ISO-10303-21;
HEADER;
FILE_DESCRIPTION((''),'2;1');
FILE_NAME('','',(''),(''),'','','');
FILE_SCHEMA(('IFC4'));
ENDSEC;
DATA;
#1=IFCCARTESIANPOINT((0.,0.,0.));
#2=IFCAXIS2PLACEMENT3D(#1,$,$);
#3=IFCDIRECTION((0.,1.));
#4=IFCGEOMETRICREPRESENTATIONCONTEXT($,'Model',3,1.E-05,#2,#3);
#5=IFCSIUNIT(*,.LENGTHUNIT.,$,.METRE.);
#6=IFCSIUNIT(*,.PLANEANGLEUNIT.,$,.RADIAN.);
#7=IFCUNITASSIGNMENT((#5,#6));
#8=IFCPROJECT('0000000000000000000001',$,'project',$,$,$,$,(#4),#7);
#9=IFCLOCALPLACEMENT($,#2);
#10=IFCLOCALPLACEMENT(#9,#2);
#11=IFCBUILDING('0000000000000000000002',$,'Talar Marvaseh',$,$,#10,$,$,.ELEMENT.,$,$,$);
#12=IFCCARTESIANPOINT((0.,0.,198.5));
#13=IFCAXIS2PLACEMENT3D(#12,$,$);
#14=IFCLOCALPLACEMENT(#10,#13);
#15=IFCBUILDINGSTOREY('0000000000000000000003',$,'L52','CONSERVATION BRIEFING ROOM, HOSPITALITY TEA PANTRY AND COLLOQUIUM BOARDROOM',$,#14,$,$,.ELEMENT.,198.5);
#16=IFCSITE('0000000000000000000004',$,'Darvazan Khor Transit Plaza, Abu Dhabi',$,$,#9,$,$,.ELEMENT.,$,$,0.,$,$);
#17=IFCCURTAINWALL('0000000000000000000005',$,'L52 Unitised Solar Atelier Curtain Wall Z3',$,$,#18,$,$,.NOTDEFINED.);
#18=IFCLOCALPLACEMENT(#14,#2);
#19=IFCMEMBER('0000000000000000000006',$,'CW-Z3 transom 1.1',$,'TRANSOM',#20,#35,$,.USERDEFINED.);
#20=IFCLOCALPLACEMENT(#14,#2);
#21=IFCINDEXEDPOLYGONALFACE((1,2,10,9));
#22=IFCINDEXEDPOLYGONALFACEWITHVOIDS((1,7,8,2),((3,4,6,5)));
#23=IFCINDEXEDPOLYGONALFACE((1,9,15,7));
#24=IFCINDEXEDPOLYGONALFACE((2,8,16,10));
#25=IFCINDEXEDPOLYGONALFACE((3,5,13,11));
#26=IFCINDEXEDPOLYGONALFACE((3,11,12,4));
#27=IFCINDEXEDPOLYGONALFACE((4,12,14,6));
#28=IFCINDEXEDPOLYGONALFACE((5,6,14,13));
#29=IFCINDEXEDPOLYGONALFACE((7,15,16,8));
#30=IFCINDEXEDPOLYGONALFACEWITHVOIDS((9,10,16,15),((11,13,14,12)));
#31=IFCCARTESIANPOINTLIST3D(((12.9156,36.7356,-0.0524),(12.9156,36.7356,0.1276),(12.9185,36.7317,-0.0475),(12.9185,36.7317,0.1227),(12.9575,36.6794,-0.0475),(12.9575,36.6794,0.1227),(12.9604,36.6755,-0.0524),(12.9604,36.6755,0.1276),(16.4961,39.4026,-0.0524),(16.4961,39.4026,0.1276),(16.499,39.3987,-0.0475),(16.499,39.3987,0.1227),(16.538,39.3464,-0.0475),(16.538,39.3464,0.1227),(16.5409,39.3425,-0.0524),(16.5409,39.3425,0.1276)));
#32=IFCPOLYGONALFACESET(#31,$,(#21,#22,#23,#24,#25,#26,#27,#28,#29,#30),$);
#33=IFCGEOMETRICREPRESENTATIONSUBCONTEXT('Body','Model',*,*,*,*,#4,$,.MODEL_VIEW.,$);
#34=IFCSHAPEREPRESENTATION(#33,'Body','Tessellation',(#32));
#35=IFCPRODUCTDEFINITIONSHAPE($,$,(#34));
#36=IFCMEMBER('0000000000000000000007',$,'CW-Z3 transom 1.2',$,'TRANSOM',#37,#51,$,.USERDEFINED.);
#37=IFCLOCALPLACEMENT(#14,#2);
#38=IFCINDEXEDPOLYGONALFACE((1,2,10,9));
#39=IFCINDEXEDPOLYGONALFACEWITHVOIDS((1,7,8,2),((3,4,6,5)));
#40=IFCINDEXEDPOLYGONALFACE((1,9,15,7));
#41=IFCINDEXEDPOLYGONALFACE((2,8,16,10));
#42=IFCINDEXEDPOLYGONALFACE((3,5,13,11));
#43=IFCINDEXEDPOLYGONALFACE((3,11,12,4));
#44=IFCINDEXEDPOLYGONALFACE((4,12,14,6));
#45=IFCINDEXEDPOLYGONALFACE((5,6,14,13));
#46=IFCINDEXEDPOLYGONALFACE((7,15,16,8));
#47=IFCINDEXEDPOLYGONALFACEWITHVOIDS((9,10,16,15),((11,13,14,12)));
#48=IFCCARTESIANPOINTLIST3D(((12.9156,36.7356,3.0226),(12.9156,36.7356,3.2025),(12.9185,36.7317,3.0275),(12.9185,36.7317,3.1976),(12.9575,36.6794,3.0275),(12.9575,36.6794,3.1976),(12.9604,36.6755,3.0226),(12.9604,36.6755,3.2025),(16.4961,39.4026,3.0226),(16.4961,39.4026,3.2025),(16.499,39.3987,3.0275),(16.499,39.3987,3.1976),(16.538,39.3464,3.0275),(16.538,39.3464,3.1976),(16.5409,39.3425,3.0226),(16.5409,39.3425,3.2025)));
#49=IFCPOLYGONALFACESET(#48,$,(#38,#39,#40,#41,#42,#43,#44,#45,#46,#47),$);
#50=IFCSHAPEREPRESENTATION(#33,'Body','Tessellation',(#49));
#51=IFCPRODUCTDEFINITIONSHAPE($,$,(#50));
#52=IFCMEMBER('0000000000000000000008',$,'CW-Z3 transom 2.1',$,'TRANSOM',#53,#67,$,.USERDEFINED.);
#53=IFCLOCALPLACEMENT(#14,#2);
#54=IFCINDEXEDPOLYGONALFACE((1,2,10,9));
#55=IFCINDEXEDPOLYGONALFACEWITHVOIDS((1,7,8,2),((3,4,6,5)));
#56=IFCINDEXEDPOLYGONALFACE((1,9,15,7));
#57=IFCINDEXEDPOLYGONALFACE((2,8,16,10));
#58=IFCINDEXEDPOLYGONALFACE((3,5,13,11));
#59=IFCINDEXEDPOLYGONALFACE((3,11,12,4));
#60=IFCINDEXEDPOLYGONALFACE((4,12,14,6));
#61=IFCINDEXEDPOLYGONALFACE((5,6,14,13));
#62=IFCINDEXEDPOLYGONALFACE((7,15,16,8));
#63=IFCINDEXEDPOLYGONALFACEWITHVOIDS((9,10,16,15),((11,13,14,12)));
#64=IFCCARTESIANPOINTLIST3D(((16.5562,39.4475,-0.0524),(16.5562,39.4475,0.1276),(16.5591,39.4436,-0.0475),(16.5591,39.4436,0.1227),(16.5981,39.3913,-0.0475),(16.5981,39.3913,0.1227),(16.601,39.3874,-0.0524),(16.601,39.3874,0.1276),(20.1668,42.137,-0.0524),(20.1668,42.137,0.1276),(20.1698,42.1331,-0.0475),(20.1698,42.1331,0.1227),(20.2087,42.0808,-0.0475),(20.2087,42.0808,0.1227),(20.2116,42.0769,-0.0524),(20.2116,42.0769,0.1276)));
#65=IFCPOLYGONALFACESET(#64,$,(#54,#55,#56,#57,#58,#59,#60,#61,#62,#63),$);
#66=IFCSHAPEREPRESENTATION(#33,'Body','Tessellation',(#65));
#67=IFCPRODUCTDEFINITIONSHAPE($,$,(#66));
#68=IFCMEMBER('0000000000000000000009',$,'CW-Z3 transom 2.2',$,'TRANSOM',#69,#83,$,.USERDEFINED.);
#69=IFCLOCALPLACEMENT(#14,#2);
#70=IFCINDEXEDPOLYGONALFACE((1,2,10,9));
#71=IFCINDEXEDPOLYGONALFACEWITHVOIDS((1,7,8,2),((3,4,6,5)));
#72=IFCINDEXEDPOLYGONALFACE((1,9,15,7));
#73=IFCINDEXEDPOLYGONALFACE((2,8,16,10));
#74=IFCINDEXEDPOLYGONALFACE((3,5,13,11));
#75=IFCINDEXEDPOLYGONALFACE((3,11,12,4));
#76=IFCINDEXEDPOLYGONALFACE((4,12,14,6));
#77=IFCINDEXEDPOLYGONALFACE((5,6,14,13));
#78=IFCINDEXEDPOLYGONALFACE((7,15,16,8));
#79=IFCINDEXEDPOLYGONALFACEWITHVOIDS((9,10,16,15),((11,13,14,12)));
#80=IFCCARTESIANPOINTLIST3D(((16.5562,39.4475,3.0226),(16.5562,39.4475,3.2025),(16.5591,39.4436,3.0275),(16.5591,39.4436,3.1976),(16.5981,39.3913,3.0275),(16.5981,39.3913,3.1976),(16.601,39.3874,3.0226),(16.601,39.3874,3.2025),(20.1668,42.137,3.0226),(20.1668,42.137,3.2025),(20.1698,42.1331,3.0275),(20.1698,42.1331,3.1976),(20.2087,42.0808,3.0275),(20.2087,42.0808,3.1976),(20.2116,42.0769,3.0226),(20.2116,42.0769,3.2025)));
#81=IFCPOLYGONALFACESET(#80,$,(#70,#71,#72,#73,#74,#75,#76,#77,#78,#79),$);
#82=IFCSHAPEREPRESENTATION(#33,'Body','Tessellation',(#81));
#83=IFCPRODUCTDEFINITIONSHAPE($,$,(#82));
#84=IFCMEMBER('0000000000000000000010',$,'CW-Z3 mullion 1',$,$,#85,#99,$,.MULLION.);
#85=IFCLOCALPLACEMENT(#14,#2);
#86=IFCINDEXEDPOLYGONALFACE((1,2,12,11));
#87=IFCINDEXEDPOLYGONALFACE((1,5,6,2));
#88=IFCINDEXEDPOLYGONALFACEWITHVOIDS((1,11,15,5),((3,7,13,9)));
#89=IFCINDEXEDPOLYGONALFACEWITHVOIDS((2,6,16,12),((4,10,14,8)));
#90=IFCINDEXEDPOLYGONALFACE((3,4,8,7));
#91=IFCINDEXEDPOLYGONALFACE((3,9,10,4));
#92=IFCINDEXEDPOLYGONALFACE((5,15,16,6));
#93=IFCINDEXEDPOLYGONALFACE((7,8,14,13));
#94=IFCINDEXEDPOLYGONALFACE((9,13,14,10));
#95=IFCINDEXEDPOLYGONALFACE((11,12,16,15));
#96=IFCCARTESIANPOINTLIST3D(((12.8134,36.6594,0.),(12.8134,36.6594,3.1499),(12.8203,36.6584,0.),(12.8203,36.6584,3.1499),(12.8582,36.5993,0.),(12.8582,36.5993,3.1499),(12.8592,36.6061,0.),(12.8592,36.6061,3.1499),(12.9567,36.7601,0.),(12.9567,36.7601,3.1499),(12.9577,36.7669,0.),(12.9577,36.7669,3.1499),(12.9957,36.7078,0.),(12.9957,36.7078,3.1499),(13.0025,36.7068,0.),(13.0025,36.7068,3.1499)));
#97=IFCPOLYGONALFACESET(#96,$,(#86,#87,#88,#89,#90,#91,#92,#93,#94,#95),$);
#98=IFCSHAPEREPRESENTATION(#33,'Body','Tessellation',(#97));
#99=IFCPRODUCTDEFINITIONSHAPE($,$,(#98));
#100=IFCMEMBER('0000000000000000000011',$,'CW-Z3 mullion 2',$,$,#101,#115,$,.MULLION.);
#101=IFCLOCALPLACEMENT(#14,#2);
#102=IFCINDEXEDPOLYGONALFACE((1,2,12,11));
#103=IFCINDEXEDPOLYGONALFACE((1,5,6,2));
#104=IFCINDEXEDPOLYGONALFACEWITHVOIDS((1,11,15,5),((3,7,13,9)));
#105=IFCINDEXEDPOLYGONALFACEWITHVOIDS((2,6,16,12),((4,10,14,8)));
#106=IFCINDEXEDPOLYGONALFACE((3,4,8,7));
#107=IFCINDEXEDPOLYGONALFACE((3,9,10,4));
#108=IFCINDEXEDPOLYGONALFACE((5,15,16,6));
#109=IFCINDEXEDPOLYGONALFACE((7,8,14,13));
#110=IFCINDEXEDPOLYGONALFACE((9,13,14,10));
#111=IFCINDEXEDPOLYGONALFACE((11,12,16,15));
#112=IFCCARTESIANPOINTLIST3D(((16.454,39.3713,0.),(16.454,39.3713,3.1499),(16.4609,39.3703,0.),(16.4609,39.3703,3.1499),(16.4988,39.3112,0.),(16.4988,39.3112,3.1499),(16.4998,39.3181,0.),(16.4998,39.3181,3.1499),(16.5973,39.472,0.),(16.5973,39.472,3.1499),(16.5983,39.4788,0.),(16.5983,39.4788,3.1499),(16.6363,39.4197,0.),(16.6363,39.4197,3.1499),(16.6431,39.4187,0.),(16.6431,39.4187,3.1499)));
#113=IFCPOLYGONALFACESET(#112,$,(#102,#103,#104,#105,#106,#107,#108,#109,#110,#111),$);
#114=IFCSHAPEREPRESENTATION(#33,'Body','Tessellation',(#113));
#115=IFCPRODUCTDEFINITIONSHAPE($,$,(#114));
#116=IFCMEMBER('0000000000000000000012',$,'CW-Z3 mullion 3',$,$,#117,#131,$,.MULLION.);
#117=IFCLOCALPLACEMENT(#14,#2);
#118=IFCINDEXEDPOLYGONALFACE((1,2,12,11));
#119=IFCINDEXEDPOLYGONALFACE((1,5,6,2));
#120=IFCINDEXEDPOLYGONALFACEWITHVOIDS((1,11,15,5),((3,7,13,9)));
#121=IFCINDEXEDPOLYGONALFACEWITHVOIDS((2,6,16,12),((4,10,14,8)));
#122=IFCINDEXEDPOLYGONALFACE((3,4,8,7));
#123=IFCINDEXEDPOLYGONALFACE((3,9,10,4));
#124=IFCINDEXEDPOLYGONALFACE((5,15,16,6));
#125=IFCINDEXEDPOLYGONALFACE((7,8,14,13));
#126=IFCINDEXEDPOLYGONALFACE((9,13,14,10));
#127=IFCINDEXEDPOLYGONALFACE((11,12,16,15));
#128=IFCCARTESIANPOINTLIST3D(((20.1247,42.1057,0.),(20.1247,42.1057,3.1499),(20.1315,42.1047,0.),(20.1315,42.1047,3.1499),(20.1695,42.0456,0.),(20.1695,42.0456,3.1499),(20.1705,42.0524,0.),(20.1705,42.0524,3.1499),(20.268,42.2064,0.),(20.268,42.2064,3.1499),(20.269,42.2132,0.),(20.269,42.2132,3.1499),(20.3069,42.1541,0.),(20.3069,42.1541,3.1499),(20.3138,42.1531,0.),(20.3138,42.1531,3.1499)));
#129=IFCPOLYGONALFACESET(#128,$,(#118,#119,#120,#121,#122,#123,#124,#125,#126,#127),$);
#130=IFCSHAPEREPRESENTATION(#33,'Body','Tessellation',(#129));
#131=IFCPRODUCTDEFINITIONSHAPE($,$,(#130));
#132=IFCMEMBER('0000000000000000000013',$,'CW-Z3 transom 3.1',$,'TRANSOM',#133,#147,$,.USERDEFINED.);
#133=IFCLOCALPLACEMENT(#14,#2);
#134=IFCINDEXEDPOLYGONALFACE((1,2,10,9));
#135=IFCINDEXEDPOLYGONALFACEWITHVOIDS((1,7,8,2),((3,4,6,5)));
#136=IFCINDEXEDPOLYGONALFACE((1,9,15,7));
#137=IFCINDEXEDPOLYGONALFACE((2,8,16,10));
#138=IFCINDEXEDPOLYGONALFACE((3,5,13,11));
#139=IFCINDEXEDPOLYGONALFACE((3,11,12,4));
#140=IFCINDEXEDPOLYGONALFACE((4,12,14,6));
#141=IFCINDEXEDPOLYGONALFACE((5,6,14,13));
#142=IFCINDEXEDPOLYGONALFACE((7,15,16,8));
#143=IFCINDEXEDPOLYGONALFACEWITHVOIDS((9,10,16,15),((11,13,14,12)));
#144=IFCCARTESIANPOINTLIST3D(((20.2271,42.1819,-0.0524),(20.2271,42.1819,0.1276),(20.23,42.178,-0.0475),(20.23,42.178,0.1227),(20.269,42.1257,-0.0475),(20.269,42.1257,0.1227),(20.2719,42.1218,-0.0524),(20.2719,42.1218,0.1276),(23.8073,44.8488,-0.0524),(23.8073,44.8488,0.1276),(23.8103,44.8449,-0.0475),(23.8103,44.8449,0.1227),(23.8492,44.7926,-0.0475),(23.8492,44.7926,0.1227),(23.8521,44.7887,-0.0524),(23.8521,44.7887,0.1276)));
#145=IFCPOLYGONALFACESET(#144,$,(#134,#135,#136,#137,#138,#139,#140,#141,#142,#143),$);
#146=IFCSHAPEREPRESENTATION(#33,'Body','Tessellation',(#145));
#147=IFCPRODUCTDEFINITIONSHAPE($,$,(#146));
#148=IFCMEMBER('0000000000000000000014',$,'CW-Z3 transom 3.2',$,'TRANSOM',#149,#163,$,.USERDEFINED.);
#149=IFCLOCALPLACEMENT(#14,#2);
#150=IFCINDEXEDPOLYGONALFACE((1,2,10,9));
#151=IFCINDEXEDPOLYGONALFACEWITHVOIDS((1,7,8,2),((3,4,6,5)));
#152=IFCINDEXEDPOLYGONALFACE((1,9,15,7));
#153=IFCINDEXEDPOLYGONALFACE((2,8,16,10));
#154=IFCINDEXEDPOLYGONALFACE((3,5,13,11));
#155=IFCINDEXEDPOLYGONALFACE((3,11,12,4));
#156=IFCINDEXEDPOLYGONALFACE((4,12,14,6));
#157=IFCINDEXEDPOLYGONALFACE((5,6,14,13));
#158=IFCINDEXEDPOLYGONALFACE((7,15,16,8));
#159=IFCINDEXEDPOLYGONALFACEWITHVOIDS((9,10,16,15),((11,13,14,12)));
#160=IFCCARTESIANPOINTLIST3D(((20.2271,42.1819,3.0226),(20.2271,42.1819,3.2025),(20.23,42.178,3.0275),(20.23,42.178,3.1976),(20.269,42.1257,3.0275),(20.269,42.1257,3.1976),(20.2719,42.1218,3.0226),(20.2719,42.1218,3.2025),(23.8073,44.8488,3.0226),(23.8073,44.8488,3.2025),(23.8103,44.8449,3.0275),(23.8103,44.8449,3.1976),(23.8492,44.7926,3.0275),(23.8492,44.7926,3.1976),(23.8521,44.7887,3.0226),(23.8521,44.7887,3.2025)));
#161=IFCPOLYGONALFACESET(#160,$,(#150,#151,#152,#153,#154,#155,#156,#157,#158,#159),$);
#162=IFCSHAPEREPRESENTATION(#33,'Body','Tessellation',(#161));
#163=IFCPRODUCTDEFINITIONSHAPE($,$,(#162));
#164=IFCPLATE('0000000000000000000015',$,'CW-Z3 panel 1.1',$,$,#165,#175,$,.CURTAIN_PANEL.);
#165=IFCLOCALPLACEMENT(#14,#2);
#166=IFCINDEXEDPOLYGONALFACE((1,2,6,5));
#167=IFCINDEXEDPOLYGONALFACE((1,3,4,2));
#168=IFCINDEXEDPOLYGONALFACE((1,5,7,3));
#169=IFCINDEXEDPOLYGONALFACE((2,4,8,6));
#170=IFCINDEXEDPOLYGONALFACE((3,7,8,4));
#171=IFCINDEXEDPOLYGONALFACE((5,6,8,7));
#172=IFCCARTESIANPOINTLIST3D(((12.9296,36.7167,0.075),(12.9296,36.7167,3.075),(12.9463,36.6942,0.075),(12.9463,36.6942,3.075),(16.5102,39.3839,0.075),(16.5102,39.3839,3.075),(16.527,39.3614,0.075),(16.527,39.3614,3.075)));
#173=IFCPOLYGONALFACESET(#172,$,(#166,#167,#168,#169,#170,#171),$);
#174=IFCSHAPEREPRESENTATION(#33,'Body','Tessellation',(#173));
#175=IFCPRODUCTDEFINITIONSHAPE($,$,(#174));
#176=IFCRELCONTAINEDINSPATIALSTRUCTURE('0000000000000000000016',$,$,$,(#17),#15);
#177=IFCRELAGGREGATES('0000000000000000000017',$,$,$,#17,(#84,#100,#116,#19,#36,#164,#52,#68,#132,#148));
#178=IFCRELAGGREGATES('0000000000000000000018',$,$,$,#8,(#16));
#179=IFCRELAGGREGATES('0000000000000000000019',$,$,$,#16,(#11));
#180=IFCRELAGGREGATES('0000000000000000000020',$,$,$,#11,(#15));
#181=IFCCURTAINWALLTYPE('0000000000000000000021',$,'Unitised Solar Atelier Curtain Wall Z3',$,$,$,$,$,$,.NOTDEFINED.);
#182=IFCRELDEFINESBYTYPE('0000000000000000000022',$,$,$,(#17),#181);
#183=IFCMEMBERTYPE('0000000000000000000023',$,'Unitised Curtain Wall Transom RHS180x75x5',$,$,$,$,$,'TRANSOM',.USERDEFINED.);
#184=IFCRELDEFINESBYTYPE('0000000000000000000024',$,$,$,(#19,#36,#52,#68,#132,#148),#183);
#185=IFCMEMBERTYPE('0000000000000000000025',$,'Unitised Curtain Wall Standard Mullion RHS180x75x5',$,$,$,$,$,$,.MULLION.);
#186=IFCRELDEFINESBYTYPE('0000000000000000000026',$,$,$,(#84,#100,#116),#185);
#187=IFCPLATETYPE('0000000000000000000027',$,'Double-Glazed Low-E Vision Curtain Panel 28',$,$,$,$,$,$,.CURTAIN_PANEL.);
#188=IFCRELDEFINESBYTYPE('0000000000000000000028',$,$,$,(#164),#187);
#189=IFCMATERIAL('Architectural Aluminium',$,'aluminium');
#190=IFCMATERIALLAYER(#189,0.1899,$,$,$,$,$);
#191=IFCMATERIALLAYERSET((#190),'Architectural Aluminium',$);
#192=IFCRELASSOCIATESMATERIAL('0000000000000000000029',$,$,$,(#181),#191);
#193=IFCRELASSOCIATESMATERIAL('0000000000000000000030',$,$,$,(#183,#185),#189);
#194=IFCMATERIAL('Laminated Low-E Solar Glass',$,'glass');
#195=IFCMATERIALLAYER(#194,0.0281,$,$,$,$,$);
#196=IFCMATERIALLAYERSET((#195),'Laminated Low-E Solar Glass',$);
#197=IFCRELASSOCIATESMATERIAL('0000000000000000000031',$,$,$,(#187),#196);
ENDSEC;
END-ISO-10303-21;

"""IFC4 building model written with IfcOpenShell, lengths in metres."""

from ifc_helpers import new_model, si_unit, direction, frame, origin, origin_2d, place, context, subcontext, project, spatial, rectangle, hollow_rectangle, extrude, source, transform, mapped, material, layer, layer_set, material_profile, profile_set, type_object, type_shapes, element, aggregate, save


model = new_model("IFC4")

# Units and contexts
model_context = context("Model", 3, precision=1e-05, world=origin(), true_north=direction((0.0, 1.0)))
body_context = subcontext(model_context, "Body", "Model", "MODEL_VIEW")
ifc_project = project(units=[si_unit("LENGTHUNIT", "METRE"), si_unit("PLANEANGLEUNIT", "RADIAN")], contexts=[model_context])

# Site, building, storey
site_placement = place(None, origin())
site = spatial("IfcSite", under=ifc_project, at=site_placement, Name="Darvazan Khor Transit Plaza, Abu Dhabi", CompositionType="ELEMENT", RefElevation=0.0)
building_placement = place(site_placement, origin())
building = spatial("IfcBuilding", under=site, at=building_placement, Name="Talar Marvaseh", CompositionType="ELEMENT")
storey_placement = place(building_placement, frame((0.0, 0.0, 198.5)))
storey = spatial("IfcBuildingStorey", under=building, at=storey_placement, Name="L52", Description="CONSERVATION BRIEFING ROOM, HOSPITALITY TEA PANTRY AND COLLOQUIUM BOARDROOM", CompositionType="ELEMENT", Elevation=198.5)

# Curtain wall, members, plate
ifc_material_1 = material(Name="Architectural Aluminium", Category="aluminium")
ifc_layer_1 = layer(ifc_material_1, 0.1899)
ifc_layer_set_1 = layer_set([ifc_layer_1], Name="Architectural Aluminium")
curtain_wall_type = type_object("IfcCurtainWallType", Name="Unitised Solar Atelier Curtain Wall Z3", PredefinedType="NOTDEFINED", material=ifc_layer_set_1)
curtain_wall_placement = place(storey_placement, origin())
curtain_wall = element("IfcCurtainWall", 1, at=curtain_wall_placement, inside=storey, type_object=curtain_wall_type, Name="L52 Unitised Solar Atelier Curtain Wall Z3", PredefinedType="NOTDEFINED")
ifc_material_profile_1 = material_profile(ifc_material_1, hollow_rectangle(XDim=0.075, YDim=0.1799, WallThickness=0.0049, at=origin_2d()), Name="RHS180x75x5")
ifc_profile_set_1 = profile_set([ifc_material_profile_1], Name="Architectural Aluminium")
member_type_1 = type_object("IfcMemberType", Name="Unitised Curtain Wall Transom RHS180x75x5", ElementType="TRANSOM", PredefinedType="USERDEFINED", material=ifc_profile_set_1)
shared_shape_1 = source(origin(), body_context, "Body", "SweptSolid", [
    extrude(hollow_rectangle(XDim=0.075, YDim=0.1799, WallThickness=0.0049, at=origin_2d()), origin(), (0.0, 0.0, 1.0), 4.4646),
])
member_1_placement = place(storey_placement, frame((12.938, 36.7056, 0.0376), z_axis=(0.801977, 0.597354, 0.0), x_axis=(-0.597354, 0.801977, 0.0)))
member_1 = element("IfcMember", 2, at=member_1_placement, type_object=member_type_1, Name="CW-Z3 transom 1.1", ObjectType="TRANSOM", PredefinedType="USERDEFINED", context=body_context, shape_type="MappedRepresentation", body=[
    mapped(shared_shape_1, transform((0.0, 0.0, 0.0), x_axis=(1.0, 0.0, 0.0), y_axis=(0.0, 1.0, 0.0), z_axis=(0.0, 0.0, 1.0), scale=1.0)),
])
member_2_placement = place(storey_placement, frame((12.938, 36.7056, 3.1125), z_axis=(0.801977, 0.597354, 0.0), x_axis=(-0.597354, 0.801977, 0.0)))
member_2 = element("IfcMember", 3, at=member_2_placement, type_object=member_type_1, Name="CW-Z3 transom 1.2", ObjectType="TRANSOM", PredefinedType="USERDEFINED", context=body_context, shape_type="MappedRepresentation", body=[
    mapped(shared_shape_1, transform((0.0, 0.0, 0.0), x_axis=(1.0, 0.0, 0.0), y_axis=(0.0, 1.0, 0.0), z_axis=(0.0, 0.0, 1.0), scale=1.0)),
])
shared_shape_2 = source(origin(), body_context, "Body", "SweptSolid", [
    extrude(hollow_rectangle(XDim=0.075, YDim=0.1799, WallThickness=0.0049, at=origin_2d()), origin(), (0.0, 0.0, 1.0), 4.5022),
])
member_3_placement = place(storey_placement, frame((16.5786, 39.4175, 0.0376), z_axis=(0.801967, 0.597368, 0.0), x_axis=(-0.597368, 0.801967, 0.0)))
member_3 = element("IfcMember", 4, at=member_3_placement, type_object=member_type_1, Name="CW-Z3 transom 2.1", ObjectType="TRANSOM", PredefinedType="USERDEFINED", context=body_context, shape_type="MappedRepresentation", body=[
    mapped(shared_shape_2, transform((0.0, 0.0, 0.0), x_axis=(1.0, 0.0, 0.0), y_axis=(0.0, 1.0, 0.0), z_axis=(0.0, 0.0, 1.0), scale=1.0)),
])
member_4_placement = place(storey_placement, frame((16.5786, 39.4175, 3.1125), z_axis=(0.801967, 0.597368, 0.0), x_axis=(-0.597368, 0.801967, 0.0)))
member_4 = element("IfcMember", 5, at=member_4_placement, type_object=member_type_1, Name="CW-Z3 transom 2.2", ObjectType="TRANSOM", PredefinedType="USERDEFINED", context=body_context, shape_type="MappedRepresentation", body=[
    mapped(shared_shape_2, transform((0.0, 0.0, 0.0), x_axis=(1.0, 0.0, 0.0), y_axis=(0.0, 1.0, 0.0), z_axis=(0.0, 0.0, 1.0), scale=1.0)),
])
ifc_material_profile_2 = material_profile(ifc_material_1, hollow_rectangle(XDim=0.075, YDim=0.1799, WallThickness=0.0049, at=origin_2d()), Name="RHS180x75x5")
ifc_profile_set_2 = profile_set([ifc_material_profile_2], Name="Architectural Aluminium")
member_type_2 = type_object("IfcMemberType", Name="Unitised Curtain Wall Standard Mullion RHS180x75x5", PredefinedType="MULLION", material=ifc_profile_set_2)
shared_shape_3 = source(origin(), body_context, "Body", "SweptSolid", [
    extrude(hollow_rectangle(XDim=0.075, YDim=0.1799, WallThickness=0.0049, at=origin_2d()), origin(), (0.0, 0.0, 1.0), 3.1499),
])
type_shapes(member_type_2, [shared_shape_3])
member_5_placement = place(storey_placement, frame((12.908, 36.6831, 0.0), z_axis=(0.0, 0.0, 1.0), x_axis=(-0.597376, 0.801961, 0.0)))
member_5 = element("IfcMember", 6, at=member_5_placement, type_object=member_type_2, Name="CW-Z3 mullion 1", PredefinedType="MULLION", context=body_context, shape_type="MappedRepresentation", body=[
    mapped(shared_shape_3, transform((0.0, 0.0, 0.0), x_axis=(1.0, 0.0, 0.0), y_axis=(0.0, 1.0, 0.0), z_axis=(0.0, 0.0, 1.0), scale=1.0)),
])
member_6_placement = place(storey_placement, frame((16.5486, 39.395, 0.0), z_axis=(0.0, 0.0, 1.0), x_axis=(-0.597376, 0.801961, 0.0)))
member_6 = element("IfcMember", 7, at=member_6_placement, type_object=member_type_2, Name="CW-Z3 mullion 2", PredefinedType="MULLION", context=body_context, shape_type="MappedRepresentation", body=[
    mapped(shared_shape_3, transform((0.0, 0.0, 0.0), x_axis=(1.0, 0.0, 0.0), y_axis=(0.0, 1.0, 0.0), z_axis=(0.0, 0.0, 1.0), scale=1.0)),
])
member_7_placement = place(storey_placement, frame((20.2192, 42.1294, 0.0), z_axis=(0.0, 0.0, 1.0), x_axis=(-0.597376, 0.801961, 0.0)))
member_7 = element("IfcMember", 8, at=member_7_placement, type_object=member_type_2, Name="CW-Z3 mullion 3", PredefinedType="MULLION", context=body_context, shape_type="MappedRepresentation", body=[
    mapped(shared_shape_3, transform((0.0, 0.0, 0.0), x_axis=(1.0, 0.0, 0.0), y_axis=(0.0, 1.0, 0.0), z_axis=(0.0, 0.0, 1.0), scale=1.0)),
])
shared_shape_4 = source(origin(), body_context, "Body", "SweptSolid", [
    extrude(hollow_rectangle(XDim=0.075, YDim=0.1799, WallThickness=0.0049, at=origin_2d()), origin(), (0.0, 0.0, 1.0), 4.4644),
])
type_shapes(member_type_1, [shared_shape_1, shared_shape_2, shared_shape_4])
member_8_placement = place(storey_placement, frame((20.2495, 42.1519, 0.0376), z_axis=(0.801958, 0.597381, 0.0), x_axis=(-0.597381, 0.801958, 0.0)))
member_8 = element("IfcMember", 9, at=member_8_placement, type_object=member_type_1, Name="CW-Z3 transom 3.1", ObjectType="TRANSOM", PredefinedType="USERDEFINED", context=body_context, shape_type="MappedRepresentation", body=[
    mapped(shared_shape_4, transform((0.0, 0.0, 0.0), x_axis=(1.0, 0.0, 0.0), y_axis=(0.0, 1.0, 0.0), z_axis=(0.0, 0.0, 1.0), scale=1.0)),
])
member_9_placement = place(storey_placement, frame((20.2495, 42.1519, 3.1125), z_axis=(0.801958, 0.597381, 0.0), x_axis=(-0.597381, 0.801958, 0.0)))
member_9 = element("IfcMember", 10, at=member_9_placement, type_object=member_type_1, Name="CW-Z3 transom 3.2", ObjectType="TRANSOM", PredefinedType="USERDEFINED", context=body_context, shape_type="MappedRepresentation", body=[
    mapped(shared_shape_4, transform((0.0, 0.0, 0.0), x_axis=(1.0, 0.0, 0.0), y_axis=(0.0, 1.0, 0.0), z_axis=(0.0, 0.0, 1.0), scale=1.0)),
])
ifc_material_2 = material(Name="Laminated Low-E Solar Glass", Category="glass")
ifc_layer_2 = layer(ifc_material_2, 0.0281)
ifc_layer_set_2 = layer_set([ifc_layer_2], Name="Laminated Low-E Solar Glass")
plate_type = type_object("IfcPlateType", Name="Double-Glazed Low-E Vision Curtain Panel 28", PredefinedType="CURTAIN_PANEL", material=ifc_layer_set_2)
shared_shape_5 = source(origin(), body_context, "Body", "SweptSolid", [
    extrude(rectangle(XDim=4.4648, YDim=0.0281, at=origin_2d()), origin(), (0.0, 0.0, 1.0), 3.0),
])
plate_1_placement = place(storey_placement, frame((14.7283, 38.0391, 0.075), z_axis=(0.0, 0.0, 1.0), x_axis=(0.801961, 0.597376, 0.0)))
plate_1 = element("IfcPlate", 11, at=plate_1_placement, type_object=plate_type, Name="CW-Z3 panel 1.1", PredefinedType="CURTAIN_PANEL", context=body_context, shape_type="MappedRepresentation", body=[
    mapped(shared_shape_5, transform((0.0, 0.0, 0.0), x_axis=(1.0, 0.0, 0.0), y_axis=(0.0, 1.0, 0.0), z_axis=(0.0, 0.0, 1.0), scale=1.0)),
])
aggregate(curtain_wall, [member_5, member_6, member_7, member_1, member_2, plate_1, member_3, member_4, member_8, member_9])

save(model, "model.ifc")
